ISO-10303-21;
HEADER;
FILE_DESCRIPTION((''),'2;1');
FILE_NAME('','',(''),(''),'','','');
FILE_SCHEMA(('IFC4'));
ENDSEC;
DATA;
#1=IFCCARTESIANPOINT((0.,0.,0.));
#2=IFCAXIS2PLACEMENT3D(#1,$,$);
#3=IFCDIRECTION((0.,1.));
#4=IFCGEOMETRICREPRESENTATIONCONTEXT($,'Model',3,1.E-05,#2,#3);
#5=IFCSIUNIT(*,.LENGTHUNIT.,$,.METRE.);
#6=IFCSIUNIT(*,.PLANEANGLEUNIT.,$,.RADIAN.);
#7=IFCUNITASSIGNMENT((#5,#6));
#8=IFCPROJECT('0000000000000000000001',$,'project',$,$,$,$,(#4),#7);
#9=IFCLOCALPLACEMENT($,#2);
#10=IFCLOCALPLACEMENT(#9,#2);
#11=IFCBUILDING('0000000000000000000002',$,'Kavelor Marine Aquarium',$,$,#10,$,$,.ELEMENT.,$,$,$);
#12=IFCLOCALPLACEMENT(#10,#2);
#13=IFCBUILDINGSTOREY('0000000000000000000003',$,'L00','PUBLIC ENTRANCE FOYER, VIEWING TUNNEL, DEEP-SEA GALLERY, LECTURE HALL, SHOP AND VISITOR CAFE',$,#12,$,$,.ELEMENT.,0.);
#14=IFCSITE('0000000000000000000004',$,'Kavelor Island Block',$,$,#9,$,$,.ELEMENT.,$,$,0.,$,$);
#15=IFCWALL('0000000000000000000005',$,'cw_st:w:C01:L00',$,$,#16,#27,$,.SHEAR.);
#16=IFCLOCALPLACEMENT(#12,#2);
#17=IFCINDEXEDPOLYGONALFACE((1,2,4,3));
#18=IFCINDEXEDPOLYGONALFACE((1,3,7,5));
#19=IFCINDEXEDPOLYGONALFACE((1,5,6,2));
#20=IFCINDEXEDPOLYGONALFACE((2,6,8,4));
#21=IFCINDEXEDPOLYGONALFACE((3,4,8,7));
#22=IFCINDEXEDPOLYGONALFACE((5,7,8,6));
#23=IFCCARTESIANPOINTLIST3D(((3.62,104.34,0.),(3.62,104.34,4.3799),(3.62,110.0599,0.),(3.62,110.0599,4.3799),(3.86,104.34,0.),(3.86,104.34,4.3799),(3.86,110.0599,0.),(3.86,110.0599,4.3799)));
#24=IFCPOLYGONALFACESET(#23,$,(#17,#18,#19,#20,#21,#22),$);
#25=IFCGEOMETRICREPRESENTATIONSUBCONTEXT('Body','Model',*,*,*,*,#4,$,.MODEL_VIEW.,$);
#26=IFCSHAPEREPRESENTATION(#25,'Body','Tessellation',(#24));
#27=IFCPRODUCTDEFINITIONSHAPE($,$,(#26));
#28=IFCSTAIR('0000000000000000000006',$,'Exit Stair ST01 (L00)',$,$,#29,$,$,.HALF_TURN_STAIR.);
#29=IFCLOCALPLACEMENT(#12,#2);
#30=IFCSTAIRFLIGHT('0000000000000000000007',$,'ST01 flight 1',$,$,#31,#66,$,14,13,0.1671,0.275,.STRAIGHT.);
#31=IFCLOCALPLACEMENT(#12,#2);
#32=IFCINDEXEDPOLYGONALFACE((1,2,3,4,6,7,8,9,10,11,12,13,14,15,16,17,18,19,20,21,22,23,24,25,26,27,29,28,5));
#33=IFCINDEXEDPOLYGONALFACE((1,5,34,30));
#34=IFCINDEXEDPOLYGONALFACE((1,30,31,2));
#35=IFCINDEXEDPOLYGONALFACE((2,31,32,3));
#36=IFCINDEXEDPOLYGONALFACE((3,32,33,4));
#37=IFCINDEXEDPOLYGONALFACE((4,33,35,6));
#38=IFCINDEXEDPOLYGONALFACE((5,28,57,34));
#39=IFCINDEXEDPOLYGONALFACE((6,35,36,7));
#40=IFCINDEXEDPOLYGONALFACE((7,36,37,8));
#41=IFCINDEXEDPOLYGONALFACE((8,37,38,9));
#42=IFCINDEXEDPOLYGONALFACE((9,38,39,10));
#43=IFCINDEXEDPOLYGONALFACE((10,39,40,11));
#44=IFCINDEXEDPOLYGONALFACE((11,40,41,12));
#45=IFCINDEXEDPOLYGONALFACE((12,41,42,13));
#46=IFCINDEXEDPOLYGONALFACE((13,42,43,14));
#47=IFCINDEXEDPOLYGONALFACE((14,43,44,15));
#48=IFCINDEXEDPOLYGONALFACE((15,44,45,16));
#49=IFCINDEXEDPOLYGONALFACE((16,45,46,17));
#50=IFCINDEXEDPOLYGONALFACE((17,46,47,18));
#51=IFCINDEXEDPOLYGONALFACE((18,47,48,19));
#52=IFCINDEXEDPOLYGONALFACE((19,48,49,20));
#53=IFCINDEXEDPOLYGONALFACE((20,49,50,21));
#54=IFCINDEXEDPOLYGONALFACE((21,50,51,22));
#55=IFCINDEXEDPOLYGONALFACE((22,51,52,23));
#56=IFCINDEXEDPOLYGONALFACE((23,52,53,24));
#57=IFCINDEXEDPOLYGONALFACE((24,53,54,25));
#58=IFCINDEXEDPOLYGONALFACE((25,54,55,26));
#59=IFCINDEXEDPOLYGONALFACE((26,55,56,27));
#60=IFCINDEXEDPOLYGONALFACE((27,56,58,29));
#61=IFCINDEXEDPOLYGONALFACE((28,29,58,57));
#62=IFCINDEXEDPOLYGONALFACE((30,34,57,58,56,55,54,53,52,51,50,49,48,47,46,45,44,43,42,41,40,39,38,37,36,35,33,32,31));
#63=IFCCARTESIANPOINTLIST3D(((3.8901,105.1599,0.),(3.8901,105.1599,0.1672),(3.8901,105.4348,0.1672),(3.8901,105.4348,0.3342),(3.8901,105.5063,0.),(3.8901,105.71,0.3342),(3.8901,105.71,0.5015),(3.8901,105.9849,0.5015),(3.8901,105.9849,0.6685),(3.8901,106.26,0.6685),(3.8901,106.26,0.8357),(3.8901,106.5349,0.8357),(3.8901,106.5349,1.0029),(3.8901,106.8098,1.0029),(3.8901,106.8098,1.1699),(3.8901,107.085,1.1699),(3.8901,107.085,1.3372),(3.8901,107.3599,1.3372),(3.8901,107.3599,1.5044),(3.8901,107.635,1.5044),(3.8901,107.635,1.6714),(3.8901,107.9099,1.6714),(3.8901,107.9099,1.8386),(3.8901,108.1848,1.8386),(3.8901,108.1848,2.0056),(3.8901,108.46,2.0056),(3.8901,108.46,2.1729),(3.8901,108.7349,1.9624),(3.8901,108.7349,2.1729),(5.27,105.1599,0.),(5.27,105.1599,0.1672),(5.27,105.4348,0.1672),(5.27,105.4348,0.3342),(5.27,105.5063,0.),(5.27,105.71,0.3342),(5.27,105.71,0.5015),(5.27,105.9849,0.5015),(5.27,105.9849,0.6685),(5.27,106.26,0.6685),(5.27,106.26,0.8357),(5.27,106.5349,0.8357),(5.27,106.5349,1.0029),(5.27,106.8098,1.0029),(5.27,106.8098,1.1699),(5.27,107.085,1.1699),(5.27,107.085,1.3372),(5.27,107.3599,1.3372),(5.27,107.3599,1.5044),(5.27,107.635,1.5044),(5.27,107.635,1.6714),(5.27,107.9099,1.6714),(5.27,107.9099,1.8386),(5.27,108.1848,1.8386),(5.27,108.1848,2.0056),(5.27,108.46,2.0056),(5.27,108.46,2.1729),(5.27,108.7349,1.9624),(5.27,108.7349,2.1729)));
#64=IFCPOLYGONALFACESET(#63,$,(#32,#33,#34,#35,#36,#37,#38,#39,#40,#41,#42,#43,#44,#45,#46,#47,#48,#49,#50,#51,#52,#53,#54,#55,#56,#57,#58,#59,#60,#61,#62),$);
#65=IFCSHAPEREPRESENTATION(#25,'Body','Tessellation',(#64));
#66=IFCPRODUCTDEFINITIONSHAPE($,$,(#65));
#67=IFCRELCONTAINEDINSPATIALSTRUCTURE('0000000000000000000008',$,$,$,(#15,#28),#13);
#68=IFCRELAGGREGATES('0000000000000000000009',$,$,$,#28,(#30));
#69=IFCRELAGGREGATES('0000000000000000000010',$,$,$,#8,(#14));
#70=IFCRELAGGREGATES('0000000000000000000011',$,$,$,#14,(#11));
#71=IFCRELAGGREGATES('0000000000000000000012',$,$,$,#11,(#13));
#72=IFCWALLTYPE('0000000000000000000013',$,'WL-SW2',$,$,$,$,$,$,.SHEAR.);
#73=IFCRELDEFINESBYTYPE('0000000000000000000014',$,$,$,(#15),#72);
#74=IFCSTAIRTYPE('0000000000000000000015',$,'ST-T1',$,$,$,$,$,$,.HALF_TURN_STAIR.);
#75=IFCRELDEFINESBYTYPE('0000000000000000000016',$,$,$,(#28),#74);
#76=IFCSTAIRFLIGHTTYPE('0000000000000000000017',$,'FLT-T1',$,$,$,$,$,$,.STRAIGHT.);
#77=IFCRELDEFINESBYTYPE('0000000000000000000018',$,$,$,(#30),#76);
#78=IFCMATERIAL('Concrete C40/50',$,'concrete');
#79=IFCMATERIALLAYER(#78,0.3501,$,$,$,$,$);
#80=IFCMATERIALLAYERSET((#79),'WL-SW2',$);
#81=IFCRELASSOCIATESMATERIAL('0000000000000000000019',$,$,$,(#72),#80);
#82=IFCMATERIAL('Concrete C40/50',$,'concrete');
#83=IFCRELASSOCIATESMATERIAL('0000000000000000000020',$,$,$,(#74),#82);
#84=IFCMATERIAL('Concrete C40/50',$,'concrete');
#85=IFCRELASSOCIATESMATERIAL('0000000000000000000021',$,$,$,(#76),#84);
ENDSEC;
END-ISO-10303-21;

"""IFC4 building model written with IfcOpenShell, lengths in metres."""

from ifc_helpers import new_model, si_unit, direction, frame, frame_2d, origin, place, context, subcontext, project, spatial, polyline, rectangle, outline, extrude, material, layer, layer_set, type_object, element, aggregate, save


model = new_model("IFC4")

# Units and contexts
model_context = context("Model", 3, precision=1e-05, world=origin(), true_north=direction((0.0, 1.0)))
body_context = subcontext(model_context, "Body", "Model", "MODEL_VIEW")
ifc_project = project(units=[si_unit("LENGTHUNIT", "METRE"), si_unit("PLANEANGLEUNIT", "RADIAN")], contexts=[model_context])

# Site, building, storey
site_placement = place(None, origin())
site = spatial("IfcSite", under=ifc_project, at=site_placement, Name="Kavelor Island Block", CompositionType="ELEMENT", RefElevation=0.0)
building_placement = place(site_placement, origin())
building = spatial("IfcBuilding", under=site, at=building_placement, Name="Kavelor Marine Aquarium", CompositionType="ELEMENT")
storey_placement = place(building_placement, origin())
storey = spatial("IfcBuildingStorey", under=building, at=storey_placement, Name="L00", Description="PUBLIC ENTRANCE FOYER, VIEWING TUNNEL, DEEP-SEA GALLERY, LECTURE HALL, SHOP AND VISITOR CAFE", CompositionType="ELEMENT", Elevation=0.0)

# Wall
ifc_material_1 = material(Name="Concrete C40/50", Category="concrete")
ifc_layer_1 = layer(ifc_material_1, 0.3501)
ifc_layer_set_1 = layer_set([ifc_layer_1], Name="WL-SW2")
wall_type_1 = type_object("IfcWallType", Name="WL-SW2", PredefinedType="SHEAR", material=ifc_layer_set_1)
wall_1_placement = place(storey_placement, frame((3.74, 104.3401, 0.0), z_axis=(0.0, 0.0, 1.0), x_axis=(0.0, 1.0, 0.0)))
element("IfcWall", 1, at=wall_1_placement, inside=storey, type_object=wall_type_1, Name="cw_st:w:C01:L00", PredefinedType="SHEAR", context=body_context, shape_type="SweptSolid", body=[
    extrude(rectangle(XDim=5.72, YDim=0.24, at=frame_2d((2.8599, 0.0))), origin(), (0.0, 0.0, 1.0), 4.3799),
])

# Stair, stair flight
ifc_material_2 = material(Name="Concrete C40/50", Category="concrete")
stair_type = type_object("IfcStairType", Name="ST-T1", PredefinedType="HALF_TURN_STAIR", material=ifc_material_2)
stair_placement = place(storey_placement, origin())
stair = element("IfcStair", 2, at=stair_placement, inside=storey, type_object=stair_type, Name="Exit Stair ST01 (L00)", PredefinedType="HALF_TURN_STAIR")
ifc_material_3 = material(Name="Concrete C40/50", Category="concrete")
stair_flight_type = type_object("IfcStairFlightType", Name="FLT-T1", PredefinedType="STRAIGHT", material=ifc_material_3)
stair_flight_placement = place(storey_placement, frame((4.5801, 105.1599, 0.0), z_axis=(0.0, 0.0, 1.0), x_axis=(0.0, 1.0, 0.0)))
stair_flight = element("IfcStairFlight", 3, at=stair_flight_placement, type_object=stair_flight_type, Name="ST01 flight 1", NumberOfRisers=14, NumberOfTreads=13, PredefinedType="STRAIGHT", RiserHeight=0.1671, TreadLength=0.275, context=body_context, shape_type="SweptSolid", body=[
    extrude(outline(polyline([(0.0, 0.0), (0.0, 0.1672), (0.2749, 0.1672), (0.2749, 0.3342), (0.55, 0.3342), (0.55, 0.5015), (0.825, 0.5015), (0.825, 0.6685), (1.1001, 0.6685), (1.1001, 0.8357), (1.375, 0.8357), (1.375, 1.0029), (1.6499, 1.0029), (1.6499, 1.1699), (1.925, 1.1699), (1.925, 1.3372), (2.2, 1.3372), (2.2, 1.5044), (2.4751, 1.5044), (2.4751, 1.6714), (2.75, 1.6714), (2.75, 1.8386), (3.0249, 1.8386), (3.0249, 2.0056), (3.3, 2.0056), (3.3, 2.1729), (3.575, 2.1729), (3.575, 2.3401), (3.575, 1.9624), (0.3464, 0.0), (0.0, 0.0)])), frame((0.0, 0.6899, 0.0), z_axis=(0.0, -1.0, 0.0), x_axis=(1.0, 0.0, 0.0)), (0.0, 0.0, 1.0), 1.3799),
])
aggregate(stair, [stair_flight])

save(model, "model.ifc")
